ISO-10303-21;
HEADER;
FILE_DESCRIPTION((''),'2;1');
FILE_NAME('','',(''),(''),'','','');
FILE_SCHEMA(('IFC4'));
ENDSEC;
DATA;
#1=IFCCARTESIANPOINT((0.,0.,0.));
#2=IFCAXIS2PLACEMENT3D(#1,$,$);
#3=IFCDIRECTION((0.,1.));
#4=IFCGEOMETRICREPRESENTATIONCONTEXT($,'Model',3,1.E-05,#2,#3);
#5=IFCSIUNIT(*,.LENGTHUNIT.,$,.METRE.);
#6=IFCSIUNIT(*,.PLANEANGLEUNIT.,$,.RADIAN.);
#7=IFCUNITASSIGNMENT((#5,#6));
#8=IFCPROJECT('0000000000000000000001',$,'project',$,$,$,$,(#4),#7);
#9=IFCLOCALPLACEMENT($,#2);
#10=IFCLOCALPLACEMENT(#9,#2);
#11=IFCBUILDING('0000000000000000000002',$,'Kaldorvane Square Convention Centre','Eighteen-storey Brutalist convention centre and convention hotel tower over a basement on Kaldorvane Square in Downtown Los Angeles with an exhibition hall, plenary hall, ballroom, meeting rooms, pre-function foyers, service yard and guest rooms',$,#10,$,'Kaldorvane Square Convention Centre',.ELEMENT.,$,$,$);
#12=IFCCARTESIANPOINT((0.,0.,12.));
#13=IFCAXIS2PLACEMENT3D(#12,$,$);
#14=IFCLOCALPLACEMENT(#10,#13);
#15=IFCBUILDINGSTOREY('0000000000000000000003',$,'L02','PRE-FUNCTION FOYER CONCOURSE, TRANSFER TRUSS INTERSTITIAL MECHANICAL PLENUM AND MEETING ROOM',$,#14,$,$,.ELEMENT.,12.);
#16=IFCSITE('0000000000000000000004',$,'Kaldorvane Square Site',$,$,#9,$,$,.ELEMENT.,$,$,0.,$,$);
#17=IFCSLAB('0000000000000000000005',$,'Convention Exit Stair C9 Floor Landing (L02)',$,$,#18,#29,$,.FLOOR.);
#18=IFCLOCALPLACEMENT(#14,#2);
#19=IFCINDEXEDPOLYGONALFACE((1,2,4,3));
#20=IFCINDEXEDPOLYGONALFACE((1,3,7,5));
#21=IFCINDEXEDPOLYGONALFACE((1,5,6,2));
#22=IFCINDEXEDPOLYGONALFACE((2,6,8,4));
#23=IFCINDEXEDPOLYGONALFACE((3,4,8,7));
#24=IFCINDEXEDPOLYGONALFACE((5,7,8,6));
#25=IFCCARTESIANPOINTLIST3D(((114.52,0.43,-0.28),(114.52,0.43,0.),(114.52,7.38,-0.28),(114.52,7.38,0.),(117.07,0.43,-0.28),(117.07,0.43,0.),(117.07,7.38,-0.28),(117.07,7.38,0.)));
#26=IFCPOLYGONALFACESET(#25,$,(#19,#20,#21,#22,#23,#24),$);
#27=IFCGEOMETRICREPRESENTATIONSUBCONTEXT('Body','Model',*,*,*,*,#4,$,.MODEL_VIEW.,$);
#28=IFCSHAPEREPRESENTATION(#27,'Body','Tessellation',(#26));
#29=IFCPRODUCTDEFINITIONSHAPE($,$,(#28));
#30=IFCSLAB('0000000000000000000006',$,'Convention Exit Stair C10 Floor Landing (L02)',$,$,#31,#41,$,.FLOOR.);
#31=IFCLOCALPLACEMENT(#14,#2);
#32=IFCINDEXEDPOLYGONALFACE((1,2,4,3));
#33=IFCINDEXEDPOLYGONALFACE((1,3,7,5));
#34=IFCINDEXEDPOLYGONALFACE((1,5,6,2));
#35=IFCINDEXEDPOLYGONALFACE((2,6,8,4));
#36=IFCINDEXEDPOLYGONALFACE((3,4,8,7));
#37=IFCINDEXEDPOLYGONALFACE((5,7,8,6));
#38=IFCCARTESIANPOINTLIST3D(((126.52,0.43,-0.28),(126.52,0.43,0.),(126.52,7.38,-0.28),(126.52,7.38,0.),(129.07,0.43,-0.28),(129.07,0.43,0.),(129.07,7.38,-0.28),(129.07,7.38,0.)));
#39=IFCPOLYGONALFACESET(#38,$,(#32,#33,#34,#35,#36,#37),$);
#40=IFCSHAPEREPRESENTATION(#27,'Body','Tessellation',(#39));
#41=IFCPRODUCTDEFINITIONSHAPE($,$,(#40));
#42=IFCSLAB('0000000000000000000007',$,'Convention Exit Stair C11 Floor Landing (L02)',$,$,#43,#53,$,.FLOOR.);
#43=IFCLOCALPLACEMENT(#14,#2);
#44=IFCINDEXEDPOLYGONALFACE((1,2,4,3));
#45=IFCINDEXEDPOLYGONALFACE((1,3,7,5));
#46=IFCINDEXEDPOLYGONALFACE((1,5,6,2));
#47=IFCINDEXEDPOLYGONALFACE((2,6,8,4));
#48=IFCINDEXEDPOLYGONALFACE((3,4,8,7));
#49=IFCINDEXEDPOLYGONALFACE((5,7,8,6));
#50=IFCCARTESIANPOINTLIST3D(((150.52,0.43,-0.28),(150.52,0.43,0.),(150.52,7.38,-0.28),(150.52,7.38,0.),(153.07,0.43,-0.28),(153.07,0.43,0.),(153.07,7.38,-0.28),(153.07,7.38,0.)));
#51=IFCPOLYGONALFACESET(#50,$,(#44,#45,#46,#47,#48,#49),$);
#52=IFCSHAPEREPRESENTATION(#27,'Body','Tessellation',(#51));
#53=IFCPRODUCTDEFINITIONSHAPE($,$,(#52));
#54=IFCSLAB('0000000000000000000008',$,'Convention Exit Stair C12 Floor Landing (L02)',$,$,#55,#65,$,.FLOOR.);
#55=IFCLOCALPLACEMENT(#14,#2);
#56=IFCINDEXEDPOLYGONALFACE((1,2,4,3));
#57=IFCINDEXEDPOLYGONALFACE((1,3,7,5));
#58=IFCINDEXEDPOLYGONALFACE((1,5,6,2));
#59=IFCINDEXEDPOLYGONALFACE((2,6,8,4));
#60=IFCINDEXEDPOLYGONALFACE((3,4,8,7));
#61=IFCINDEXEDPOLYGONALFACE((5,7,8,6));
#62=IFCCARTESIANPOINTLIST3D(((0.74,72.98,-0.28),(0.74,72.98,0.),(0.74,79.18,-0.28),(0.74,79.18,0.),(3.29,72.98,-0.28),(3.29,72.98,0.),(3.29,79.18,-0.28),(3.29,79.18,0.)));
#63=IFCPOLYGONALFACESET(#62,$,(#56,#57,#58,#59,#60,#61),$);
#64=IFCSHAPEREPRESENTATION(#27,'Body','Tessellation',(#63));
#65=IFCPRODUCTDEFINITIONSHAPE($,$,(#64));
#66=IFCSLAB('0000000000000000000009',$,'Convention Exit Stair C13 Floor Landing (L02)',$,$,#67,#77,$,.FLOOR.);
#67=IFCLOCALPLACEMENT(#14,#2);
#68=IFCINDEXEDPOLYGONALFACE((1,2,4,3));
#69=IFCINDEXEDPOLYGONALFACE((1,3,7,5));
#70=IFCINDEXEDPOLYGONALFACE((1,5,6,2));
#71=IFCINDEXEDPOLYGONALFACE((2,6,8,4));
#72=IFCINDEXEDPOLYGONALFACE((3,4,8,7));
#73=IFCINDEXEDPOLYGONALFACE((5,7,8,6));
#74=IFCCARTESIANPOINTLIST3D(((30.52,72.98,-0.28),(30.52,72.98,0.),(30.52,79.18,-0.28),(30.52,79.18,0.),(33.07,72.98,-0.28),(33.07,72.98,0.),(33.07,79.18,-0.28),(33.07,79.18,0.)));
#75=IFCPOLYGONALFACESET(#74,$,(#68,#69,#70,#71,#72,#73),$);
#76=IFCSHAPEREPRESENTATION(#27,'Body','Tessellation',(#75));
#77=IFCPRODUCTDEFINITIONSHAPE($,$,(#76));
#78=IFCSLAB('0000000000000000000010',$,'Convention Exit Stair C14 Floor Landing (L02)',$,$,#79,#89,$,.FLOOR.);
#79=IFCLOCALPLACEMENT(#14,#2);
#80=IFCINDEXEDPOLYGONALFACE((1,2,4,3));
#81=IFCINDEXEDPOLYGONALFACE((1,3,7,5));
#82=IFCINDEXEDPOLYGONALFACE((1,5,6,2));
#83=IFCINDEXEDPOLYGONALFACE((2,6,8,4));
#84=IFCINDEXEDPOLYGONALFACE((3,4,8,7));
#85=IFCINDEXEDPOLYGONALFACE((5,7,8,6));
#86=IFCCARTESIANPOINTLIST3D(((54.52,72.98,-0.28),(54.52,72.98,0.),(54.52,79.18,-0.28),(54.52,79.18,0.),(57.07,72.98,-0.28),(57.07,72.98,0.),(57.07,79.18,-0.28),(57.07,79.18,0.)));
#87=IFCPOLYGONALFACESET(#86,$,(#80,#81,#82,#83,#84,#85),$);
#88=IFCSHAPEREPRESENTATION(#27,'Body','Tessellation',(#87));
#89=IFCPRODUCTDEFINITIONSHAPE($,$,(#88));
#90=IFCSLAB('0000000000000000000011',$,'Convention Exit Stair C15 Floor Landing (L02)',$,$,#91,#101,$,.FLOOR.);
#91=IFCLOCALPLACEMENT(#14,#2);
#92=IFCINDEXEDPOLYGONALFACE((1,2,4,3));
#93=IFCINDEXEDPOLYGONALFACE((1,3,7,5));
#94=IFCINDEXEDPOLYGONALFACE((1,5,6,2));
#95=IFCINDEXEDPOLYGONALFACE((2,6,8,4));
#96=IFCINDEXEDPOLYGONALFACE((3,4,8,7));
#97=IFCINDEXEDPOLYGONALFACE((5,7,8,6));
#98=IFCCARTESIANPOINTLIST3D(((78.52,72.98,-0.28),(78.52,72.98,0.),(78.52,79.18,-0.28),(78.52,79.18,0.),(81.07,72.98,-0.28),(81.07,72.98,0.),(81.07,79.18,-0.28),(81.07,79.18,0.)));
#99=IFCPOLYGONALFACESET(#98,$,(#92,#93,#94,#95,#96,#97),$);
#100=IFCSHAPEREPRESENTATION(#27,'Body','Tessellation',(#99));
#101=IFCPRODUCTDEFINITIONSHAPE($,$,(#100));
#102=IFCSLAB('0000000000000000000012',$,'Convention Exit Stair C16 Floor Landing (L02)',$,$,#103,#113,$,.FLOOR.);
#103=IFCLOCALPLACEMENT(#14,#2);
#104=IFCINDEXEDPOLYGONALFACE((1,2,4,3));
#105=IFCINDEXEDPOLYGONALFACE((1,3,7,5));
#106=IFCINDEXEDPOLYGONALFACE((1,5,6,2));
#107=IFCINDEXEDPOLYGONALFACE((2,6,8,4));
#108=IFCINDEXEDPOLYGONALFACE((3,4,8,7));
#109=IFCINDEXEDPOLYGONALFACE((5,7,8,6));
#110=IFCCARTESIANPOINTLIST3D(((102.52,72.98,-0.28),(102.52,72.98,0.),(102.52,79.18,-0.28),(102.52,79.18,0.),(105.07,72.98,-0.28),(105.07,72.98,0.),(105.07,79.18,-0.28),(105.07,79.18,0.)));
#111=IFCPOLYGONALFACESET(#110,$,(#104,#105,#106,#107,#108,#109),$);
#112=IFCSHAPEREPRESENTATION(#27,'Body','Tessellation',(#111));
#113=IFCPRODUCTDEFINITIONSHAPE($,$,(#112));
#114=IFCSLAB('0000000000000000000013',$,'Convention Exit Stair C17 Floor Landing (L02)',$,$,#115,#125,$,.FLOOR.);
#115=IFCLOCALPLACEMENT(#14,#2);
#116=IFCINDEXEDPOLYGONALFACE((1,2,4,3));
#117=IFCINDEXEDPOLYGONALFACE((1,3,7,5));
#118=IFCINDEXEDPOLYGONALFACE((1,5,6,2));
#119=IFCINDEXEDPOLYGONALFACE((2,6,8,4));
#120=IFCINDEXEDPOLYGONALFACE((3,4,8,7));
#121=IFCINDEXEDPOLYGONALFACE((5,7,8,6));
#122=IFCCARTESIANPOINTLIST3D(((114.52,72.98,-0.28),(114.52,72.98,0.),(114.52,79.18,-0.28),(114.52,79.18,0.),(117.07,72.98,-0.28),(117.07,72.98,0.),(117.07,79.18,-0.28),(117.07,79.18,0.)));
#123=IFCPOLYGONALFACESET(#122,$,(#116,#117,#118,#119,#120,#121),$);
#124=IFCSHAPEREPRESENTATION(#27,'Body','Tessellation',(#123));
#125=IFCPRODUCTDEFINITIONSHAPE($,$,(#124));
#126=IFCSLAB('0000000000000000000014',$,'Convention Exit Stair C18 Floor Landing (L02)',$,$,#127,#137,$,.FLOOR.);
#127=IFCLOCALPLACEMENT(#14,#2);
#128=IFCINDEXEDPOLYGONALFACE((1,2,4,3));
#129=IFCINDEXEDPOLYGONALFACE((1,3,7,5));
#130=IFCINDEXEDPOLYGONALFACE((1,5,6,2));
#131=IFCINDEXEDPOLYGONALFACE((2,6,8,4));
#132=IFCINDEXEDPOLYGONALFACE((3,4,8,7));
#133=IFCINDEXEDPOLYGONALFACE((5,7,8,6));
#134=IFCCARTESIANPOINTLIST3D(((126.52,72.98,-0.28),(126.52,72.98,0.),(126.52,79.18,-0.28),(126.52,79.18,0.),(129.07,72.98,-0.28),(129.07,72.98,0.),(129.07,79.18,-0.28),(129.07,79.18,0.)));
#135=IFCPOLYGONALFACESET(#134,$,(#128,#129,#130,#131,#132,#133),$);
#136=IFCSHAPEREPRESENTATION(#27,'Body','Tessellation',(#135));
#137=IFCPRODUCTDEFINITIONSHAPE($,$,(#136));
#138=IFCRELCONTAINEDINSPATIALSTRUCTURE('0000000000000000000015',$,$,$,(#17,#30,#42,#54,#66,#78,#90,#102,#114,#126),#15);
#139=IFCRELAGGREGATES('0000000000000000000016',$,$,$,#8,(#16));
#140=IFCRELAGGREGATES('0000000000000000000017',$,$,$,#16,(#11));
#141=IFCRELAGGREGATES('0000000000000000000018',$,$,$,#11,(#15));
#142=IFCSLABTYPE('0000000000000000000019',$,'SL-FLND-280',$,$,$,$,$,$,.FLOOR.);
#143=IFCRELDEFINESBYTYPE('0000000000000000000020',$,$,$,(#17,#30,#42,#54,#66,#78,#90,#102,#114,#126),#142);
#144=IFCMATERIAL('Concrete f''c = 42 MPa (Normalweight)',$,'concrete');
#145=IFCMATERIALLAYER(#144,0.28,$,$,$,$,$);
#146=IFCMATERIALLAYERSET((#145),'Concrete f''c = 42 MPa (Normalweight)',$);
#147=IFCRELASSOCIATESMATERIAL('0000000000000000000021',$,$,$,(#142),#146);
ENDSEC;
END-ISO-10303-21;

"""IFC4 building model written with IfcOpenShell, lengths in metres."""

from ifc_helpers import new_model, si_unit, direction, frame, origin, place, context, subcontext, project, spatial, polyline, outline, extrude, material, layer, layer_set, type_object, element, save


model = new_model("IFC4")

# Units and contexts
model_context = context("Model", 3, precision=1e-05, world=origin(), true_north=direction((0.0, 1.0)))
body_context = subcontext(model_context, "Body", "Model", "MODEL_VIEW")
ifc_project = project(units=[si_unit("LENGTHUNIT", "METRE"), si_unit("PLANEANGLEUNIT", "RADIAN")], contexts=[model_context])

# Site, building, storey
site_placement = place(None, origin())
site = spatial("IfcSite", under=ifc_project, at=site_placement, Name="Kaldorvane Square Site", CompositionType="ELEMENT", RefElevation=0.0)
building_placement = place(site_placement, origin())
building = spatial("IfcBuilding", under=site, at=building_placement, Name="Kaldorvane Square Convention Centre", Description="Eighteen-storey Brutalist convention centre and convention hotel tower over a basement on Kaldorvane Square in Downtown Los Angeles with an exhibition hall, plenary hall, ballroom, meeting rooms, pre-function foyers, service yard and guest rooms", LongName="Kaldorvane Square Convention Centre", CompositionType="ELEMENT")
storey_placement = place(building_placement, frame((0.0, 0.0, 12.0)))
storey = spatial("IfcBuildingStorey", under=building, at=storey_placement, Name="L02", Description="PRE-FUNCTION FOYER CONCOURSE, TRANSFER TRUSS INTERSTITIAL MECHANICAL PLENUM AND MEETING ROOM", CompositionType="ELEMENT", Elevation=12.0)

# Slabs
ifc_material_1 = material(Name="Concrete f'c = 42 MPa (Normalweight)", Category="concrete")
ifc_layer_1 = layer(ifc_material_1, 0.28)
ifc_layer_set_1 = layer_set([ifc_layer_1], Name="Concrete f'c = 42 MPa (Normalweight)")
slab_type_1 = type_object("IfcSlabType", Name="SL-FLND-280", PredefinedType="FLOOR", material=ifc_layer_set_1)
slab_1_placement = place(storey_placement, frame((0.0, 0.0, -0.28)))
element("IfcSlab", 1, at=slab_1_placement, inside=storey, type_object=slab_type_1, Name="Convention Exit Stair C9 Floor Landing (L02)", PredefinedType="FLOOR", context=body_context, shape_type="SweptSolid", body=[
    extrude(outline(polyline([(114.52, 0.43), (117.07, 0.43), (117.07, 7.38), (114.52, 7.38), (114.52, 0.43)])), origin(), (0.0, 0.0, 1.0), 0.28),
])
slab_2_placement = place(storey_placement, frame((0.0, 0.0, -0.28)))
element("IfcSlab", 2, at=slab_2_placement, inside=storey, type_object=slab_type_1, Name="Convention Exit Stair C10 Floor Landing (L02)", PredefinedType="FLOOR", context=body_context, shape_type="SweptSolid", body=[
    extrude(outline(polyline([(126.52, 0.43), (129.07, 0.43), (129.07, 7.38), (126.52, 7.38), (126.52, 0.43)])), origin(), (0.0, 0.0, 1.0), 0.28),
])
slab_3_placement = place(storey_placement, frame((0.0, 0.0, -0.28)))
element("IfcSlab", 3, at=slab_3_placement, inside=storey, type_object=slab_type_1, Name="Convention Exit Stair C11 Floor Landing (L02)", PredefinedType="FLOOR", context=body_context, shape_type="SweptSolid", body=[
    extrude(outline(polyline([(150.52, 0.43), (153.07, 0.43), (153.07, 7.38), (150.52, 7.38), (150.52, 0.43)])), origin(), (0.0, 0.0, 1.0), 0.28),
])
slab_4_placement = place(storey_placement, frame((0.0, 0.0, -0.28)))
element("IfcSlab", 4, at=slab_4_placement, inside=storey, type_object=slab_type_1, Name="Convention Exit Stair C12 Floor Landing (L02)", PredefinedType="FLOOR", context=body_context, shape_type="SweptSolid", body=[
    extrude(outline(polyline([(0.74, 72.98), (3.29, 72.98), (3.29, 79.18), (0.74, 79.18), (0.74, 72.98)])), origin(), (0.0, 0.0, 1.0), 0.28),
])
slab_5_placement = place(storey_placement, frame((0.0, 0.0, -0.28)))
element("IfcSlab", 5, at=slab_5_placement, inside=storey, type_object=slab_type_1, Name="Convention Exit Stair C13 Floor Landing (L02)", PredefinedType="FLOOR", context=body_context, shape_type="SweptSolid", body=[
    extrude(outline(polyline([(30.52, 72.98), (33.07, 72.98), (33.07, 79.18), (30.52, 79.18), (30.52, 72.98)])), origin(), (0.0, 0.0, 1.0), 0.28),
])
slab_6_placement = place(storey_placement, frame((0.0, 0.0, -0.28)))
element("IfcSlab", 6, at=slab_6_placement, inside=storey, type_object=slab_type_1, Name="Convention Exit Stair C14 Floor Landing (L02)", PredefinedType="FLOOR", context=body_context, shape_type="SweptSolid", body=[
    extrude(outline(polyline([(54.52, 72.98), (57.07, 72.98), (57.07, 79.18), (54.52, 79.18), (54.52, 72.98)])), origin(), (0.0, 0.0, 1.0), 0.28),
])
slab_7_placement = place(storey_placement, frame((0.0, 0.0, -0.28)))
element("IfcSlab", 7, at=slab_7_placement, inside=storey, type_object=slab_type_1, Name="Convention Exit Stair C15 Floor Landing (L02)", PredefinedType="FLOOR", context=body_context, shape_type="SweptSolid", body=[
    extrude(outline(polyline([(78.52, 72.98), (81.07, 72.98), (81.07, 79.18), (78.52, 79.18), (78.52, 72.98)])), origin(), (0.0, 0.0, 1.0), 0.28),
])
slab_8_placement = place(storey_placement, frame((0.0, 0.0, -0.28)))
element("IfcSlab", 8, at=slab_8_placement, inside=storey, type_object=slab_type_1, Name="Convention Exit Stair C16 Floor Landing (L02)", PredefinedType="FLOOR", context=body_context, shape_type="SweptSolid", body=[
    extrude(outline(polyline([(102.52, 72.98), (105.07, 72.98), (105.07, 79.18), (102.52, 79.18), (102.52, 72.98)])), origin(), (0.0, 0.0, 1.0), 0.28),
])
slab_9_placement = place(storey_placement, frame((0.0, 0.0, -0.28)))
element("IfcSlab", 9, at=slab_9_placement, inside=storey, type_object=slab_type_1, Name="Convention Exit Stair C17 Floor Landing (L02)", PredefinedType="FLOOR", context=body_context, shape_type="SweptSolid", body=[
    extrude(outline(polyline([(114.52, 72.98), (117.07, 72.98), (117.07, 79.18), (114.52, 79.18), (114.52, 72.98)])), origin(), (0.0, 0.0, 1.0), 0.28),
])
slab_10_placement = place(storey_placement, frame((0.0, 0.0, -0.28)))
element("IfcSlab", 10, at=slab_10_placement, inside=storey, type_object=slab_type_1, Name="Convention Exit Stair C18 Floor Landing (L02)", PredefinedType="FLOOR", context=body_context, shape_type="SweptSolid", body=[
    extrude(outline(polyline([(126.52, 72.98), (129.07, 72.98), (129.07, 79.18), (126.52, 79.18), (126.52, 72.98)])), origin(), (0.0, 0.0, 1.0), 0.28),
])

save(model, "model.ifc")
